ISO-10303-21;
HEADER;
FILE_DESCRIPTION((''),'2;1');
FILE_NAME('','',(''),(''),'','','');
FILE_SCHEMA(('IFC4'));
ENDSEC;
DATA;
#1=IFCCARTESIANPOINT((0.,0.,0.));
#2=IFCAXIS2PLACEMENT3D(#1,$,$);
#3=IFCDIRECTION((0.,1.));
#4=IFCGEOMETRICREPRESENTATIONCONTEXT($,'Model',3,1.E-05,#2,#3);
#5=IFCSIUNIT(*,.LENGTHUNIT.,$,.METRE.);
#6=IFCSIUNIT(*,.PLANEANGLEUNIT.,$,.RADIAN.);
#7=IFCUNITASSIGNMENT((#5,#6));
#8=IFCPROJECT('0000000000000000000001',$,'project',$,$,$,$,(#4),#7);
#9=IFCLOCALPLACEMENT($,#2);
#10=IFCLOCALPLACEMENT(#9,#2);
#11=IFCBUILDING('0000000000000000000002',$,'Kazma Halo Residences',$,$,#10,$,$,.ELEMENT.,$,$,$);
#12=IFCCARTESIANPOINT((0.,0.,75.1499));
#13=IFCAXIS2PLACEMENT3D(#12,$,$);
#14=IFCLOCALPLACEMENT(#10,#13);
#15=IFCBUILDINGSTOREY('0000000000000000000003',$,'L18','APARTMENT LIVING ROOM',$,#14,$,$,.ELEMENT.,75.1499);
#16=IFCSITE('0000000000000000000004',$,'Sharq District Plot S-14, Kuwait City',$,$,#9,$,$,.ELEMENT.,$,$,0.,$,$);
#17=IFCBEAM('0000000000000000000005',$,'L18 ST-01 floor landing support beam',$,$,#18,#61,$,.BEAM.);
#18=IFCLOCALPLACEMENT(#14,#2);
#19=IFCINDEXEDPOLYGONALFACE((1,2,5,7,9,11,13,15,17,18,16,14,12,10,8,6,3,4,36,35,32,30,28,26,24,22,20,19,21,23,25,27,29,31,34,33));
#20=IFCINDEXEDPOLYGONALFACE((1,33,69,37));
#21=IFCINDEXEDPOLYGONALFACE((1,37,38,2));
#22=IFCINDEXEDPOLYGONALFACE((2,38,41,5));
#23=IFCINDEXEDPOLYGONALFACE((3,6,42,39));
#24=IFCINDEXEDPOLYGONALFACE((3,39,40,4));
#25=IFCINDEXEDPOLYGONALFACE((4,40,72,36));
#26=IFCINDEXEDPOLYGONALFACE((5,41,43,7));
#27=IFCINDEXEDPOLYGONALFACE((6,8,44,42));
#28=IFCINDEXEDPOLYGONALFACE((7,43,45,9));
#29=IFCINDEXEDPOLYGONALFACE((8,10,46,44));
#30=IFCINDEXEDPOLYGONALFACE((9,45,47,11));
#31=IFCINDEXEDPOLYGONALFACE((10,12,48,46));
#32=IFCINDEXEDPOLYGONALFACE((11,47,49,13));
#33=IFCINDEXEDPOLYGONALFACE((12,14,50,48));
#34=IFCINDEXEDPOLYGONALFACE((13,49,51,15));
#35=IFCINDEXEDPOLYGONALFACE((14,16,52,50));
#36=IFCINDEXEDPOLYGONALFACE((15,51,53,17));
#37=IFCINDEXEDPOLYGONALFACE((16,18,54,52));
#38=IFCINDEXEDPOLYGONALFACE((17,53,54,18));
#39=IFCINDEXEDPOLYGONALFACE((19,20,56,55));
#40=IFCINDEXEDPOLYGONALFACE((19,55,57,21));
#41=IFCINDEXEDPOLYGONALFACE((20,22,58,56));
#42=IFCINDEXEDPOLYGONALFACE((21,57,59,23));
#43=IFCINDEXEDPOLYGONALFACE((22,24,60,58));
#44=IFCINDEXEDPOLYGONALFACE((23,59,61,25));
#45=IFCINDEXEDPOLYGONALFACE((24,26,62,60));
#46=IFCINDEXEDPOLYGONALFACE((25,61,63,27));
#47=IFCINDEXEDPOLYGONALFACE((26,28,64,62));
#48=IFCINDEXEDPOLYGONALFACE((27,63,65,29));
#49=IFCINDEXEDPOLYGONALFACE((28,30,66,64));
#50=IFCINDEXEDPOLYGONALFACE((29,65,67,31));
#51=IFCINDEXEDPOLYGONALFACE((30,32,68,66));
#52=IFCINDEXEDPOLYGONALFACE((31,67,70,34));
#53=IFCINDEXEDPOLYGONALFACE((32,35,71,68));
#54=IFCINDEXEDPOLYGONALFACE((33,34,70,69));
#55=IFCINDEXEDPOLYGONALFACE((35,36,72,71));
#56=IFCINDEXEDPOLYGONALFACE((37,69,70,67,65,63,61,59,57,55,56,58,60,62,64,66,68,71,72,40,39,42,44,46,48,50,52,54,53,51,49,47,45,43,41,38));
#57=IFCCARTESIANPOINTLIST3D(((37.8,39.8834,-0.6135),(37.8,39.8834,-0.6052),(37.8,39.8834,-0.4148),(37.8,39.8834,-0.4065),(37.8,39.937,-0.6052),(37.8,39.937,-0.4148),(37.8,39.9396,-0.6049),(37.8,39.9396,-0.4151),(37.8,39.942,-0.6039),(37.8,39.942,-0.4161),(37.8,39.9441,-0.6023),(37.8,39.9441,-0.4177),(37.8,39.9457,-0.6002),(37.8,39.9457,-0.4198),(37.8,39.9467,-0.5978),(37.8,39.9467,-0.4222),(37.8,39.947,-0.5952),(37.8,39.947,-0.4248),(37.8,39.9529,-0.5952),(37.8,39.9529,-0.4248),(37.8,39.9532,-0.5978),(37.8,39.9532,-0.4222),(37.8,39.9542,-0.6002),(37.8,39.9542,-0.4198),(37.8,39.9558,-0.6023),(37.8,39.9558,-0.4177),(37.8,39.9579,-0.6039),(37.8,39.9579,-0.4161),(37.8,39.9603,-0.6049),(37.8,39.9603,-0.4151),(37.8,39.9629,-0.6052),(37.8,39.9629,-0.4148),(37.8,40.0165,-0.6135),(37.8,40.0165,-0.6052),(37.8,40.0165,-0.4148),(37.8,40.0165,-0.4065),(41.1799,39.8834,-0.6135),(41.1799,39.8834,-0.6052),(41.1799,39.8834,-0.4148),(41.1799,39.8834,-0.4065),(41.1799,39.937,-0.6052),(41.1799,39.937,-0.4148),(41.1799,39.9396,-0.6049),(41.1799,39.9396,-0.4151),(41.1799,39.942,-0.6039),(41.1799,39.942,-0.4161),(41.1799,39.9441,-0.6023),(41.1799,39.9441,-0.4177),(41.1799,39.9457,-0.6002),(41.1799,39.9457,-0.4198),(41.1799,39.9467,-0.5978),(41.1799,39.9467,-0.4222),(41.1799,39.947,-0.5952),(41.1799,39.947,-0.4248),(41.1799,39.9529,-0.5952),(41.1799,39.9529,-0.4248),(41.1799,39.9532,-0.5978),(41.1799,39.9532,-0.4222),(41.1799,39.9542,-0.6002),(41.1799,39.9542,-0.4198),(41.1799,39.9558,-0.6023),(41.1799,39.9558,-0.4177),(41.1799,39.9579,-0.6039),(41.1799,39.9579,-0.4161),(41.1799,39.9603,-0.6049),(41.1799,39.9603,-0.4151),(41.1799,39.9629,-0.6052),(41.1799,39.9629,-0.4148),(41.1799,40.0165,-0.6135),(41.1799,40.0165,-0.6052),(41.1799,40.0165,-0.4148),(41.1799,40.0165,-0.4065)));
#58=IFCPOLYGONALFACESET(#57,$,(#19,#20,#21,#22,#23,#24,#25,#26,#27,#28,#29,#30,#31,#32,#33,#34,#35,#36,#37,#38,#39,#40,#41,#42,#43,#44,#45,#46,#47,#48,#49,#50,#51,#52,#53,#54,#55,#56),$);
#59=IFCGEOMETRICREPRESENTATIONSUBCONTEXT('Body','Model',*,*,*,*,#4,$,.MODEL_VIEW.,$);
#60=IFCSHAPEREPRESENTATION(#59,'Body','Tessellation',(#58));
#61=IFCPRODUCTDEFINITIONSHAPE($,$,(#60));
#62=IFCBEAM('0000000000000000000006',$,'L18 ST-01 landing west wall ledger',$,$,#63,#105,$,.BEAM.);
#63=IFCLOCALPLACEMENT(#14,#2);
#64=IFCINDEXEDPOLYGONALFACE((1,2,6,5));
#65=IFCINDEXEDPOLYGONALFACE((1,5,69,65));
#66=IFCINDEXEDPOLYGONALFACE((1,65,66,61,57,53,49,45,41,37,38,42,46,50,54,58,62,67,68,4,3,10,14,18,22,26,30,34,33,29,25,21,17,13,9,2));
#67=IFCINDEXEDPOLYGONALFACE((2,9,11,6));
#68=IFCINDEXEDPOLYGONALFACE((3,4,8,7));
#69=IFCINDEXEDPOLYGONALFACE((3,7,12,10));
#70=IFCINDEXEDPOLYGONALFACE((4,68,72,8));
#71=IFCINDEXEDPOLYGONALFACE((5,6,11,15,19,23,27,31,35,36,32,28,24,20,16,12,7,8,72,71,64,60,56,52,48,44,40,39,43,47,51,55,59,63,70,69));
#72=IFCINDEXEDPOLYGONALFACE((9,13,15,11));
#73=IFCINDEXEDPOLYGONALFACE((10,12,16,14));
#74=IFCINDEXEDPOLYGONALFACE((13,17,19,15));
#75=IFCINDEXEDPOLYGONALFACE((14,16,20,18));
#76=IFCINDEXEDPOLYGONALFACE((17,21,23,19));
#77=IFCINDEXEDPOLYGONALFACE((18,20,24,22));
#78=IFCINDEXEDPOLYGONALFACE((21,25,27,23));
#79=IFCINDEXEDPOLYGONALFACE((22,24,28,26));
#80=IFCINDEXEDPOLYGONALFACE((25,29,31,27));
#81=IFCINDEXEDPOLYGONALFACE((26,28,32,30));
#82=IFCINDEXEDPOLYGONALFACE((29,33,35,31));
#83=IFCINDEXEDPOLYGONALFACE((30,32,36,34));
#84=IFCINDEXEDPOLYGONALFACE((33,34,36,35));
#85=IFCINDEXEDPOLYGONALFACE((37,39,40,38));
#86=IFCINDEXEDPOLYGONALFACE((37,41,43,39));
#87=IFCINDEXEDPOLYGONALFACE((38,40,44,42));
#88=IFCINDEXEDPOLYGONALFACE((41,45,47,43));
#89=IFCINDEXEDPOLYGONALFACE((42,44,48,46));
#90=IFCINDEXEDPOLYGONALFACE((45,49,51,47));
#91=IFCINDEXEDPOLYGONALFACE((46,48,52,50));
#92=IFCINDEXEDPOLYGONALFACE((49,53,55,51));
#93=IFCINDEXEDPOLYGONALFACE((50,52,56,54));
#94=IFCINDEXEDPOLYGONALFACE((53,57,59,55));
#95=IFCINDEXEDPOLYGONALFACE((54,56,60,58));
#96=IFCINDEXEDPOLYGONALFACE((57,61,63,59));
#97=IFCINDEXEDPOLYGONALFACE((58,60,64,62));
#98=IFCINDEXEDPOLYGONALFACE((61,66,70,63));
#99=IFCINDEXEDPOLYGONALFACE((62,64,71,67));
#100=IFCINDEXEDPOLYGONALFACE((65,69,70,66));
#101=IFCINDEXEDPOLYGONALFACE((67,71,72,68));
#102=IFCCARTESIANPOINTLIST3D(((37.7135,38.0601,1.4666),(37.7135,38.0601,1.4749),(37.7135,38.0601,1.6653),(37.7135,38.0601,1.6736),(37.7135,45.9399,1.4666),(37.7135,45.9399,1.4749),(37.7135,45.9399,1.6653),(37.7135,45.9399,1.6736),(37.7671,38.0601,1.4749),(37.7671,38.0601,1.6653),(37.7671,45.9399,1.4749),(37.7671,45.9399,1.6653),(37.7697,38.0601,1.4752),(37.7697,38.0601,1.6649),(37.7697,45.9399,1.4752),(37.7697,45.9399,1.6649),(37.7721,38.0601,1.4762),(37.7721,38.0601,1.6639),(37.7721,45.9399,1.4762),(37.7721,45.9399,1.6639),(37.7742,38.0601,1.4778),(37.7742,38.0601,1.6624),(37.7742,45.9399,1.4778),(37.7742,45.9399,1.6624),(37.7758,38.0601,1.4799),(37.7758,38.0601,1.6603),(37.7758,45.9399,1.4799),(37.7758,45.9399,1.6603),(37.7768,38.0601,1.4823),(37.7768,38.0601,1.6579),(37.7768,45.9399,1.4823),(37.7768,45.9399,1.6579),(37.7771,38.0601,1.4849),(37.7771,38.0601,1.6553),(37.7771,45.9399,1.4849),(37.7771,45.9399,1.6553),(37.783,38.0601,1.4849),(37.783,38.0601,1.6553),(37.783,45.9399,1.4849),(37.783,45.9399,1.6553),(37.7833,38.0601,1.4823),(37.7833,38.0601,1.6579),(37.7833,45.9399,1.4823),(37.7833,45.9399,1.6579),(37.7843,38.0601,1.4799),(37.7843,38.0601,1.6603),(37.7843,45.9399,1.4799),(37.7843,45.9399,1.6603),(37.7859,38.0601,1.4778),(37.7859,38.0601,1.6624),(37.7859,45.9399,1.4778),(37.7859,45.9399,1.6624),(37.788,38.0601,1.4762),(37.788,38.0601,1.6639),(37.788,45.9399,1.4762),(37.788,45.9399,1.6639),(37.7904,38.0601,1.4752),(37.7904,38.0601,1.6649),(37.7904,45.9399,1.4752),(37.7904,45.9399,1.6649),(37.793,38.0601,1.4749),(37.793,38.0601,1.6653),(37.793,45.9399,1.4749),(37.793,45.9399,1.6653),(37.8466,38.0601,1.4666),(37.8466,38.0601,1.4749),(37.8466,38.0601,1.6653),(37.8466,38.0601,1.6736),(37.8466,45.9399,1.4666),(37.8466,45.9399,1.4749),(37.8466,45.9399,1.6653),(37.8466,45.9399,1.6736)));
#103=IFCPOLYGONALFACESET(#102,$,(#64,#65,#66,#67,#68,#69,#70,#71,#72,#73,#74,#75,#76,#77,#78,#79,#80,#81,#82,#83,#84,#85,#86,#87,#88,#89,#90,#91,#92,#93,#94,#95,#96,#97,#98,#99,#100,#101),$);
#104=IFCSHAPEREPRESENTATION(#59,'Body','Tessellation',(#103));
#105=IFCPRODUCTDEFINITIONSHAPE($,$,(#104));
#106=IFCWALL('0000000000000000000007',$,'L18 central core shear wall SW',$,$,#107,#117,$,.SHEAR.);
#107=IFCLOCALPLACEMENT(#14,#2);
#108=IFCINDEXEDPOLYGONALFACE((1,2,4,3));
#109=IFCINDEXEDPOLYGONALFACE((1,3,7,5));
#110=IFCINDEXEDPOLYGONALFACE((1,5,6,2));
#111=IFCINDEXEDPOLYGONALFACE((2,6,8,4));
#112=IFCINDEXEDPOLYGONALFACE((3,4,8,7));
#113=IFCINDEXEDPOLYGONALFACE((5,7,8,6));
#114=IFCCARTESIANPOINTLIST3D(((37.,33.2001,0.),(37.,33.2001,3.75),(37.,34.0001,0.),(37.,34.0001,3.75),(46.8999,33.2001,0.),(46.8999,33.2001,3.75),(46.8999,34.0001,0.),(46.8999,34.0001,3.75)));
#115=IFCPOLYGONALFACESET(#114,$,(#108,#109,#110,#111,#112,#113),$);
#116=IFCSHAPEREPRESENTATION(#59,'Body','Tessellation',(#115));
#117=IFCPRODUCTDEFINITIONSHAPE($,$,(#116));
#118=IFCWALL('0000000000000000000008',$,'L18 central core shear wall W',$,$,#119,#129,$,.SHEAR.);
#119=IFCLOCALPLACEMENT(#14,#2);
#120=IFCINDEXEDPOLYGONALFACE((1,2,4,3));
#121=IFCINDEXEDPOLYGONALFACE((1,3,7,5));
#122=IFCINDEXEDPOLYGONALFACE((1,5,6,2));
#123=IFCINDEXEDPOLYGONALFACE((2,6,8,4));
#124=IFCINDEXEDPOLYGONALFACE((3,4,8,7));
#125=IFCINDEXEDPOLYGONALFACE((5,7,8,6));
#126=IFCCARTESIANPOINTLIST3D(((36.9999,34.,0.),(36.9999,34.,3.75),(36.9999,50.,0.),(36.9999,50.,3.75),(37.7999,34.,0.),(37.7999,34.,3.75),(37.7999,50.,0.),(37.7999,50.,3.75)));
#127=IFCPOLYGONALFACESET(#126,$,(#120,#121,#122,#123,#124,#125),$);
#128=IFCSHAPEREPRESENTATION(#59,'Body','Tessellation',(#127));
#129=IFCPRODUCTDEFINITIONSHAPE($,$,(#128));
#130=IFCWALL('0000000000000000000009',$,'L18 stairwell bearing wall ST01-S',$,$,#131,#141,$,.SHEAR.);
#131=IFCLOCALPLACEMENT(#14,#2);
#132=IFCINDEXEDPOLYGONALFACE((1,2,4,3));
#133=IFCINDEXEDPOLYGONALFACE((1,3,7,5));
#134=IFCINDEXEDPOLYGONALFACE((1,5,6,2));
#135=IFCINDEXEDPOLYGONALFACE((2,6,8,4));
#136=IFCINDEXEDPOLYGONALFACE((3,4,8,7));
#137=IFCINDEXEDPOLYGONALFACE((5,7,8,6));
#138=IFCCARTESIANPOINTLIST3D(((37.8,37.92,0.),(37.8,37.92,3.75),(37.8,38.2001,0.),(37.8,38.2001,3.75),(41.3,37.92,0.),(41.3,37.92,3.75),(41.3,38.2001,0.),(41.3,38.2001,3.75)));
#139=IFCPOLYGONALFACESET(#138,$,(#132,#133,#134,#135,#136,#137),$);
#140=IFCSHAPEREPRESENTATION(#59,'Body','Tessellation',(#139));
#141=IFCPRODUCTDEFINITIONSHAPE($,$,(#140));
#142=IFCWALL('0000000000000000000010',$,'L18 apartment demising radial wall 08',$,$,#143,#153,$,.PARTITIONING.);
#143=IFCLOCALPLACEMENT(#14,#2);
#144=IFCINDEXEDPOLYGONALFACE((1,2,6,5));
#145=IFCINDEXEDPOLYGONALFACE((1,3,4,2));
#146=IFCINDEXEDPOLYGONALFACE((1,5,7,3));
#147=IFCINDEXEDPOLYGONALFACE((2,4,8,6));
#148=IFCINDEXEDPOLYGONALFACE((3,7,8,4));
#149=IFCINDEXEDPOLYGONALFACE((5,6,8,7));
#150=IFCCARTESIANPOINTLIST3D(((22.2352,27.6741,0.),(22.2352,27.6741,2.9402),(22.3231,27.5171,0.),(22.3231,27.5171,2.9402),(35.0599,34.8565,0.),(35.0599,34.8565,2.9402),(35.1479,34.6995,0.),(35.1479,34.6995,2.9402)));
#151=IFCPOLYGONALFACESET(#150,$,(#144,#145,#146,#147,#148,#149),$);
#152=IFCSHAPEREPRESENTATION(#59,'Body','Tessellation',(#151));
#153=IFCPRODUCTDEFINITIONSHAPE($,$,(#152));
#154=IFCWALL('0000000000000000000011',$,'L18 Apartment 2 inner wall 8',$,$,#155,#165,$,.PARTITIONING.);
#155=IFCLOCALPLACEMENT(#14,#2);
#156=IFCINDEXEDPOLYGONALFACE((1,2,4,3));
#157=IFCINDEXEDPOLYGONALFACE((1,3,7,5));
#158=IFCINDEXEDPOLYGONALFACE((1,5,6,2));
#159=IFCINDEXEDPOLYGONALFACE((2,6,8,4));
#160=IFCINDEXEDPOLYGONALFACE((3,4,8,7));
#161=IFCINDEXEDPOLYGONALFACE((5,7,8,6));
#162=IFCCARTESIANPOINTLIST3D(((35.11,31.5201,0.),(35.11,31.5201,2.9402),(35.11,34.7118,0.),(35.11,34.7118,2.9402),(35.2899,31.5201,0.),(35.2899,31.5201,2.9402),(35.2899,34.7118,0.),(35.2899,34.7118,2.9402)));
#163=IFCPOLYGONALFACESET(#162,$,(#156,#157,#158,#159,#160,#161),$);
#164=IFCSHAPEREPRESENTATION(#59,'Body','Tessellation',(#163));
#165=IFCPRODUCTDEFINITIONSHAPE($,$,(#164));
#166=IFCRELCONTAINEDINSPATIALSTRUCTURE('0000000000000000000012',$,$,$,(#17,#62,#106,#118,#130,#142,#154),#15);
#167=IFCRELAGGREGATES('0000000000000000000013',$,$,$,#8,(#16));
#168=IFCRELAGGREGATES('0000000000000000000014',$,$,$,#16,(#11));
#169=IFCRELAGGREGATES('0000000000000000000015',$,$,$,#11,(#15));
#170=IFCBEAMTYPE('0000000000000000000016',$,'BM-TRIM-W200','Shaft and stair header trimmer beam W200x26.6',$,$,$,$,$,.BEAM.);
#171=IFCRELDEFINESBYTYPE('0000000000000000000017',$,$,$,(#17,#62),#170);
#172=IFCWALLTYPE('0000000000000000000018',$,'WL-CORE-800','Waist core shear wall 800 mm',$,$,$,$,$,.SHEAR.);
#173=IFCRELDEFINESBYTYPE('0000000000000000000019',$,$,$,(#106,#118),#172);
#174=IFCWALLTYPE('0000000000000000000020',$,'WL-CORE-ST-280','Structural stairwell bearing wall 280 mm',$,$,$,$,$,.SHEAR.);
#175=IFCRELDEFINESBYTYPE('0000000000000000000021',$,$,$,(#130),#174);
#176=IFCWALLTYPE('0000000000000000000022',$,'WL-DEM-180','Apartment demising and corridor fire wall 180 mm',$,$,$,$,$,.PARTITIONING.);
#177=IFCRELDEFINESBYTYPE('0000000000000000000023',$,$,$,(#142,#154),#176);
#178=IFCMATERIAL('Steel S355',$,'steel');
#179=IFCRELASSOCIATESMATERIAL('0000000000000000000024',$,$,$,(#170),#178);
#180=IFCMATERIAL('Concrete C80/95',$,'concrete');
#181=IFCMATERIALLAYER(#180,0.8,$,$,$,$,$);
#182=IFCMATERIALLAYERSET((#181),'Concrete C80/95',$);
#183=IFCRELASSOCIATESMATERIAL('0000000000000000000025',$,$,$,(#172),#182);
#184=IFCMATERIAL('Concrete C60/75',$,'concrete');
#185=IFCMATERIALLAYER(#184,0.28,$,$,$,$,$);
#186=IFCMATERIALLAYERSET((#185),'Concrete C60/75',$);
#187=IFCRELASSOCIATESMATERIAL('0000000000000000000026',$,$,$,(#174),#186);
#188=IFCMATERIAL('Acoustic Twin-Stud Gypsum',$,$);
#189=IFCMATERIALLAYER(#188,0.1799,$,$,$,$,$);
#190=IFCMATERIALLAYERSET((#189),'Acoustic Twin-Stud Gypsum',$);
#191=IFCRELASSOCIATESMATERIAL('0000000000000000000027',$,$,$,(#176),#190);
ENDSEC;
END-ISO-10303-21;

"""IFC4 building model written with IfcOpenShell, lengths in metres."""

from ifc_helpers import new_model, si_unit, direction, frame, frame_2d, origin, origin_2d, place, context, subcontext, project, spatial, rectangle, i_section, extrude, material, layer, layer_set, material_profile, profile_set, type_object, element, save


model = new_model("IFC4")

# Units and contexts
model_context = context("Model", 3, precision=1e-05, world=origin(), true_north=direction((0.0, 1.0)))
body_context = subcontext(model_context, "Body", "Model", "MODEL_VIEW")
ifc_project = project(units=[si_unit("LENGTHUNIT", "METRE"), si_unit("PLANEANGLEUNIT", "RADIAN")], contexts=[model_context])

# Site, building, storey
site_placement = place(None, origin())
site = spatial("IfcSite", under=ifc_project, at=site_placement, Name="Sharq District Plot S-14, Kuwait City", CompositionType="ELEMENT", RefElevation=0.0)
building_placement = place(site_placement, origin())
building = spatial("IfcBuilding", under=site, at=building_placement, Name="Kazma Halo Residences", CompositionType="ELEMENT")
storey_placement = place(building_placement, frame((0.0, 0.0, 75.1499)))
storey = spatial("IfcBuildingStorey", under=building, at=storey_placement, Name="L18", Description="APARTMENT LIVING ROOM", CompositionType="ELEMENT", Elevation=75.1499)

# Beams
ifc_material_1 = material(Name="Steel S355", Category="steel")
ifc_material_profile_1 = material_profile(ifc_material_1, i_section(OverallWidth=0.1331, OverallDepth=0.207, WebThickness=0.0059, FlangeThickness=0.0083, FilletRadius=0.01, at=origin_2d()), Name="W200x26.6")
ifc_profile_set_1 = profile_set([ifc_material_profile_1], Name="Steel S355")
beam_type_1 = type_object("IfcBeamType", Name="BM-TRIM-W200", Description="Shaft and stair header trimmer beam W200x26.6", PredefinedType="BEAM", material=ifc_profile_set_1)
beam_1_placement = place(storey_placement, frame((37.8, 39.95, -0.51), z_axis=(1.0, 0.0, 0.0), x_axis=(0.0, 1.0, 0.0)))
element("IfcBeam", 1, at=beam_1_placement, inside=storey, type_object=beam_type_1, Name="L18 ST-01 floor landing support beam", PredefinedType="BEAM", context=body_context, shape_type="SweptSolid", body=[
    extrude(i_section(OverallWidth=0.1331, OverallDepth=0.207, WebThickness=0.0059, FlangeThickness=0.0083, FilletRadius=0.01, at=origin_2d()), origin(), (0.0, 0.0, 1.0), 3.3799),
])
beam_2_placement = place(storey_placement, frame((37.78, 38.0601, 1.5701), z_axis=(0.0, 1.0, 0.0), x_axis=(-1.0, 0.0, 0.0)))
element("IfcBeam", 2, at=beam_2_placement, inside=storey, type_object=beam_type_1, Name="L18 ST-01 landing west wall ledger", PredefinedType="BEAM", context=body_context, shape_type="SweptSolid", body=[
    extrude(i_section(OverallWidth=0.1331, OverallDepth=0.207, WebThickness=0.0059, FlangeThickness=0.0083, FilletRadius=0.01, at=origin_2d()), origin(), (0.0, 0.0, 1.0), 7.8799),
])

# Walls
ifc_material_2 = material(Name="Concrete C80/95", Category="concrete")
ifc_layer_1 = layer(ifc_material_2, 0.8)
ifc_layer_set_1 = layer_set([ifc_layer_1], Name="Concrete C80/95")
wall_type_1 = type_object("IfcWallType", Name="WL-CORE-800", Description="Waist core shear wall 800 mm", PredefinedType="SHEAR", material=ifc_layer_set_1)
wall_1_placement = place(storey_placement, frame((37.0, 33.6001, 0.0), z_axis=(0.0, 0.0, 1.0), x_axis=(1.0, 0.0, 0.0)))
element("IfcWall", 3, at=wall_1_placement, inside=storey, type_object=wall_type_1, Name="L18 central core shear wall SW", PredefinedType="SHEAR", context=body_context, shape_type="SweptSolid", body=[
    extrude(rectangle(XDim=9.8999, YDim=0.8, at=frame_2d((4.95, 0.0))), origin(), (0.0, 0.0, 1.0), 3.75),
])
wall_2_placement = place(storey_placement, frame((37.3999, 34.0, 0.0), z_axis=(0.0, 0.0, 1.0), x_axis=(0.0, 1.0, 0.0)))
element("IfcWall", 4, at=wall_2_placement, inside=storey, type_object=wall_type_1, Name="L18 central core shear wall W", PredefinedType="SHEAR", context=body_context, shape_type="SweptSolid", body=[
    extrude(rectangle(XDim=16.0, YDim=0.8, at=frame_2d((8.0, 0.0))), origin(), (0.0, 0.0, 1.0), 3.75),
])
ifc_material_3 = material(Name="Concrete C60/75", Category="concrete")
ifc_layer_2 = layer(ifc_material_3, 0.28)
ifc_layer_set_2 = layer_set([ifc_layer_2], Name="Concrete C60/75")
wall_type_2 = type_object("IfcWallType", Name="WL-CORE-ST-280", Description="Structural stairwell bearing wall 280 mm", PredefinedType="SHEAR", material=ifc_layer_set_2)
wall_3_placement = place(storey_placement, frame((37.8, 38.0601, 0.0), z_axis=(0.0, 0.0, 1.0), x_axis=(1.0, 0.0, 0.0)))
element("IfcWall", 5, at=wall_3_placement, inside=storey, type_object=wall_type_2, Name="L18 stairwell bearing wall ST01-S", PredefinedType="SHEAR", context=body_context, shape_type="SweptSolid", body=[
    extrude(rectangle(XDim=3.5, YDim=0.28, at=frame_2d((1.75, 0.0))), origin(), (0.0, 0.0, 1.0), 3.75),
])
ifc_material_4 = material(Name="Acoustic Twin-Stud Gypsum")
ifc_layer_3 = layer(ifc_material_4, 0.1799)
ifc_layer_set_3 = layer_set([ifc_layer_3], Name="Acoustic Twin-Stud Gypsum")
wall_type_3 = type_object("IfcWallType", Name="WL-DEM-180", Description="Apartment demising and corridor fire wall 180 mm", PredefinedType="PARTITIONING", material=ifc_layer_set_3)
wall_4_placement = place(storey_placement, frame((35.104, 34.7781, 0.0), z_axis=(0.0, 0.0, 1.0), x_axis=(-0.87249, -0.488631, 0.0)))
element("IfcWall", 6, at=wall_4_placement, inside=storey, type_object=wall_type_3, Name="L18 apartment demising radial wall 08", PredefinedType="PARTITIONING", context=body_context, shape_type="SweptSolid", body=[
    extrude(rectangle(XDim=14.699, YDim=0.1799, at=frame_2d((7.3496, 0.0))), origin(), (0.0, 0.0, 1.0), 2.9402),
])
wall_5_placement = place(storey_placement, frame((35.2, 34.7117, 0.0), z_axis=(0.0, 0.0, 1.0), x_axis=(0.0, -1.0, 0.0)))
element("IfcWall", 7, at=wall_5_placement, inside=storey, type_object=wall_type_3, Name="L18 Apartment 2 inner wall 8", PredefinedType="PARTITIONING", context=body_context, shape_type="SweptSolid", body=[
    extrude(rectangle(XDim=3.1917, YDim=0.1799, at=frame_2d((1.5957, 0.0))), origin(), (0.0, 0.0, 1.0), 2.9402),
])

save(model, "model.ifc")
